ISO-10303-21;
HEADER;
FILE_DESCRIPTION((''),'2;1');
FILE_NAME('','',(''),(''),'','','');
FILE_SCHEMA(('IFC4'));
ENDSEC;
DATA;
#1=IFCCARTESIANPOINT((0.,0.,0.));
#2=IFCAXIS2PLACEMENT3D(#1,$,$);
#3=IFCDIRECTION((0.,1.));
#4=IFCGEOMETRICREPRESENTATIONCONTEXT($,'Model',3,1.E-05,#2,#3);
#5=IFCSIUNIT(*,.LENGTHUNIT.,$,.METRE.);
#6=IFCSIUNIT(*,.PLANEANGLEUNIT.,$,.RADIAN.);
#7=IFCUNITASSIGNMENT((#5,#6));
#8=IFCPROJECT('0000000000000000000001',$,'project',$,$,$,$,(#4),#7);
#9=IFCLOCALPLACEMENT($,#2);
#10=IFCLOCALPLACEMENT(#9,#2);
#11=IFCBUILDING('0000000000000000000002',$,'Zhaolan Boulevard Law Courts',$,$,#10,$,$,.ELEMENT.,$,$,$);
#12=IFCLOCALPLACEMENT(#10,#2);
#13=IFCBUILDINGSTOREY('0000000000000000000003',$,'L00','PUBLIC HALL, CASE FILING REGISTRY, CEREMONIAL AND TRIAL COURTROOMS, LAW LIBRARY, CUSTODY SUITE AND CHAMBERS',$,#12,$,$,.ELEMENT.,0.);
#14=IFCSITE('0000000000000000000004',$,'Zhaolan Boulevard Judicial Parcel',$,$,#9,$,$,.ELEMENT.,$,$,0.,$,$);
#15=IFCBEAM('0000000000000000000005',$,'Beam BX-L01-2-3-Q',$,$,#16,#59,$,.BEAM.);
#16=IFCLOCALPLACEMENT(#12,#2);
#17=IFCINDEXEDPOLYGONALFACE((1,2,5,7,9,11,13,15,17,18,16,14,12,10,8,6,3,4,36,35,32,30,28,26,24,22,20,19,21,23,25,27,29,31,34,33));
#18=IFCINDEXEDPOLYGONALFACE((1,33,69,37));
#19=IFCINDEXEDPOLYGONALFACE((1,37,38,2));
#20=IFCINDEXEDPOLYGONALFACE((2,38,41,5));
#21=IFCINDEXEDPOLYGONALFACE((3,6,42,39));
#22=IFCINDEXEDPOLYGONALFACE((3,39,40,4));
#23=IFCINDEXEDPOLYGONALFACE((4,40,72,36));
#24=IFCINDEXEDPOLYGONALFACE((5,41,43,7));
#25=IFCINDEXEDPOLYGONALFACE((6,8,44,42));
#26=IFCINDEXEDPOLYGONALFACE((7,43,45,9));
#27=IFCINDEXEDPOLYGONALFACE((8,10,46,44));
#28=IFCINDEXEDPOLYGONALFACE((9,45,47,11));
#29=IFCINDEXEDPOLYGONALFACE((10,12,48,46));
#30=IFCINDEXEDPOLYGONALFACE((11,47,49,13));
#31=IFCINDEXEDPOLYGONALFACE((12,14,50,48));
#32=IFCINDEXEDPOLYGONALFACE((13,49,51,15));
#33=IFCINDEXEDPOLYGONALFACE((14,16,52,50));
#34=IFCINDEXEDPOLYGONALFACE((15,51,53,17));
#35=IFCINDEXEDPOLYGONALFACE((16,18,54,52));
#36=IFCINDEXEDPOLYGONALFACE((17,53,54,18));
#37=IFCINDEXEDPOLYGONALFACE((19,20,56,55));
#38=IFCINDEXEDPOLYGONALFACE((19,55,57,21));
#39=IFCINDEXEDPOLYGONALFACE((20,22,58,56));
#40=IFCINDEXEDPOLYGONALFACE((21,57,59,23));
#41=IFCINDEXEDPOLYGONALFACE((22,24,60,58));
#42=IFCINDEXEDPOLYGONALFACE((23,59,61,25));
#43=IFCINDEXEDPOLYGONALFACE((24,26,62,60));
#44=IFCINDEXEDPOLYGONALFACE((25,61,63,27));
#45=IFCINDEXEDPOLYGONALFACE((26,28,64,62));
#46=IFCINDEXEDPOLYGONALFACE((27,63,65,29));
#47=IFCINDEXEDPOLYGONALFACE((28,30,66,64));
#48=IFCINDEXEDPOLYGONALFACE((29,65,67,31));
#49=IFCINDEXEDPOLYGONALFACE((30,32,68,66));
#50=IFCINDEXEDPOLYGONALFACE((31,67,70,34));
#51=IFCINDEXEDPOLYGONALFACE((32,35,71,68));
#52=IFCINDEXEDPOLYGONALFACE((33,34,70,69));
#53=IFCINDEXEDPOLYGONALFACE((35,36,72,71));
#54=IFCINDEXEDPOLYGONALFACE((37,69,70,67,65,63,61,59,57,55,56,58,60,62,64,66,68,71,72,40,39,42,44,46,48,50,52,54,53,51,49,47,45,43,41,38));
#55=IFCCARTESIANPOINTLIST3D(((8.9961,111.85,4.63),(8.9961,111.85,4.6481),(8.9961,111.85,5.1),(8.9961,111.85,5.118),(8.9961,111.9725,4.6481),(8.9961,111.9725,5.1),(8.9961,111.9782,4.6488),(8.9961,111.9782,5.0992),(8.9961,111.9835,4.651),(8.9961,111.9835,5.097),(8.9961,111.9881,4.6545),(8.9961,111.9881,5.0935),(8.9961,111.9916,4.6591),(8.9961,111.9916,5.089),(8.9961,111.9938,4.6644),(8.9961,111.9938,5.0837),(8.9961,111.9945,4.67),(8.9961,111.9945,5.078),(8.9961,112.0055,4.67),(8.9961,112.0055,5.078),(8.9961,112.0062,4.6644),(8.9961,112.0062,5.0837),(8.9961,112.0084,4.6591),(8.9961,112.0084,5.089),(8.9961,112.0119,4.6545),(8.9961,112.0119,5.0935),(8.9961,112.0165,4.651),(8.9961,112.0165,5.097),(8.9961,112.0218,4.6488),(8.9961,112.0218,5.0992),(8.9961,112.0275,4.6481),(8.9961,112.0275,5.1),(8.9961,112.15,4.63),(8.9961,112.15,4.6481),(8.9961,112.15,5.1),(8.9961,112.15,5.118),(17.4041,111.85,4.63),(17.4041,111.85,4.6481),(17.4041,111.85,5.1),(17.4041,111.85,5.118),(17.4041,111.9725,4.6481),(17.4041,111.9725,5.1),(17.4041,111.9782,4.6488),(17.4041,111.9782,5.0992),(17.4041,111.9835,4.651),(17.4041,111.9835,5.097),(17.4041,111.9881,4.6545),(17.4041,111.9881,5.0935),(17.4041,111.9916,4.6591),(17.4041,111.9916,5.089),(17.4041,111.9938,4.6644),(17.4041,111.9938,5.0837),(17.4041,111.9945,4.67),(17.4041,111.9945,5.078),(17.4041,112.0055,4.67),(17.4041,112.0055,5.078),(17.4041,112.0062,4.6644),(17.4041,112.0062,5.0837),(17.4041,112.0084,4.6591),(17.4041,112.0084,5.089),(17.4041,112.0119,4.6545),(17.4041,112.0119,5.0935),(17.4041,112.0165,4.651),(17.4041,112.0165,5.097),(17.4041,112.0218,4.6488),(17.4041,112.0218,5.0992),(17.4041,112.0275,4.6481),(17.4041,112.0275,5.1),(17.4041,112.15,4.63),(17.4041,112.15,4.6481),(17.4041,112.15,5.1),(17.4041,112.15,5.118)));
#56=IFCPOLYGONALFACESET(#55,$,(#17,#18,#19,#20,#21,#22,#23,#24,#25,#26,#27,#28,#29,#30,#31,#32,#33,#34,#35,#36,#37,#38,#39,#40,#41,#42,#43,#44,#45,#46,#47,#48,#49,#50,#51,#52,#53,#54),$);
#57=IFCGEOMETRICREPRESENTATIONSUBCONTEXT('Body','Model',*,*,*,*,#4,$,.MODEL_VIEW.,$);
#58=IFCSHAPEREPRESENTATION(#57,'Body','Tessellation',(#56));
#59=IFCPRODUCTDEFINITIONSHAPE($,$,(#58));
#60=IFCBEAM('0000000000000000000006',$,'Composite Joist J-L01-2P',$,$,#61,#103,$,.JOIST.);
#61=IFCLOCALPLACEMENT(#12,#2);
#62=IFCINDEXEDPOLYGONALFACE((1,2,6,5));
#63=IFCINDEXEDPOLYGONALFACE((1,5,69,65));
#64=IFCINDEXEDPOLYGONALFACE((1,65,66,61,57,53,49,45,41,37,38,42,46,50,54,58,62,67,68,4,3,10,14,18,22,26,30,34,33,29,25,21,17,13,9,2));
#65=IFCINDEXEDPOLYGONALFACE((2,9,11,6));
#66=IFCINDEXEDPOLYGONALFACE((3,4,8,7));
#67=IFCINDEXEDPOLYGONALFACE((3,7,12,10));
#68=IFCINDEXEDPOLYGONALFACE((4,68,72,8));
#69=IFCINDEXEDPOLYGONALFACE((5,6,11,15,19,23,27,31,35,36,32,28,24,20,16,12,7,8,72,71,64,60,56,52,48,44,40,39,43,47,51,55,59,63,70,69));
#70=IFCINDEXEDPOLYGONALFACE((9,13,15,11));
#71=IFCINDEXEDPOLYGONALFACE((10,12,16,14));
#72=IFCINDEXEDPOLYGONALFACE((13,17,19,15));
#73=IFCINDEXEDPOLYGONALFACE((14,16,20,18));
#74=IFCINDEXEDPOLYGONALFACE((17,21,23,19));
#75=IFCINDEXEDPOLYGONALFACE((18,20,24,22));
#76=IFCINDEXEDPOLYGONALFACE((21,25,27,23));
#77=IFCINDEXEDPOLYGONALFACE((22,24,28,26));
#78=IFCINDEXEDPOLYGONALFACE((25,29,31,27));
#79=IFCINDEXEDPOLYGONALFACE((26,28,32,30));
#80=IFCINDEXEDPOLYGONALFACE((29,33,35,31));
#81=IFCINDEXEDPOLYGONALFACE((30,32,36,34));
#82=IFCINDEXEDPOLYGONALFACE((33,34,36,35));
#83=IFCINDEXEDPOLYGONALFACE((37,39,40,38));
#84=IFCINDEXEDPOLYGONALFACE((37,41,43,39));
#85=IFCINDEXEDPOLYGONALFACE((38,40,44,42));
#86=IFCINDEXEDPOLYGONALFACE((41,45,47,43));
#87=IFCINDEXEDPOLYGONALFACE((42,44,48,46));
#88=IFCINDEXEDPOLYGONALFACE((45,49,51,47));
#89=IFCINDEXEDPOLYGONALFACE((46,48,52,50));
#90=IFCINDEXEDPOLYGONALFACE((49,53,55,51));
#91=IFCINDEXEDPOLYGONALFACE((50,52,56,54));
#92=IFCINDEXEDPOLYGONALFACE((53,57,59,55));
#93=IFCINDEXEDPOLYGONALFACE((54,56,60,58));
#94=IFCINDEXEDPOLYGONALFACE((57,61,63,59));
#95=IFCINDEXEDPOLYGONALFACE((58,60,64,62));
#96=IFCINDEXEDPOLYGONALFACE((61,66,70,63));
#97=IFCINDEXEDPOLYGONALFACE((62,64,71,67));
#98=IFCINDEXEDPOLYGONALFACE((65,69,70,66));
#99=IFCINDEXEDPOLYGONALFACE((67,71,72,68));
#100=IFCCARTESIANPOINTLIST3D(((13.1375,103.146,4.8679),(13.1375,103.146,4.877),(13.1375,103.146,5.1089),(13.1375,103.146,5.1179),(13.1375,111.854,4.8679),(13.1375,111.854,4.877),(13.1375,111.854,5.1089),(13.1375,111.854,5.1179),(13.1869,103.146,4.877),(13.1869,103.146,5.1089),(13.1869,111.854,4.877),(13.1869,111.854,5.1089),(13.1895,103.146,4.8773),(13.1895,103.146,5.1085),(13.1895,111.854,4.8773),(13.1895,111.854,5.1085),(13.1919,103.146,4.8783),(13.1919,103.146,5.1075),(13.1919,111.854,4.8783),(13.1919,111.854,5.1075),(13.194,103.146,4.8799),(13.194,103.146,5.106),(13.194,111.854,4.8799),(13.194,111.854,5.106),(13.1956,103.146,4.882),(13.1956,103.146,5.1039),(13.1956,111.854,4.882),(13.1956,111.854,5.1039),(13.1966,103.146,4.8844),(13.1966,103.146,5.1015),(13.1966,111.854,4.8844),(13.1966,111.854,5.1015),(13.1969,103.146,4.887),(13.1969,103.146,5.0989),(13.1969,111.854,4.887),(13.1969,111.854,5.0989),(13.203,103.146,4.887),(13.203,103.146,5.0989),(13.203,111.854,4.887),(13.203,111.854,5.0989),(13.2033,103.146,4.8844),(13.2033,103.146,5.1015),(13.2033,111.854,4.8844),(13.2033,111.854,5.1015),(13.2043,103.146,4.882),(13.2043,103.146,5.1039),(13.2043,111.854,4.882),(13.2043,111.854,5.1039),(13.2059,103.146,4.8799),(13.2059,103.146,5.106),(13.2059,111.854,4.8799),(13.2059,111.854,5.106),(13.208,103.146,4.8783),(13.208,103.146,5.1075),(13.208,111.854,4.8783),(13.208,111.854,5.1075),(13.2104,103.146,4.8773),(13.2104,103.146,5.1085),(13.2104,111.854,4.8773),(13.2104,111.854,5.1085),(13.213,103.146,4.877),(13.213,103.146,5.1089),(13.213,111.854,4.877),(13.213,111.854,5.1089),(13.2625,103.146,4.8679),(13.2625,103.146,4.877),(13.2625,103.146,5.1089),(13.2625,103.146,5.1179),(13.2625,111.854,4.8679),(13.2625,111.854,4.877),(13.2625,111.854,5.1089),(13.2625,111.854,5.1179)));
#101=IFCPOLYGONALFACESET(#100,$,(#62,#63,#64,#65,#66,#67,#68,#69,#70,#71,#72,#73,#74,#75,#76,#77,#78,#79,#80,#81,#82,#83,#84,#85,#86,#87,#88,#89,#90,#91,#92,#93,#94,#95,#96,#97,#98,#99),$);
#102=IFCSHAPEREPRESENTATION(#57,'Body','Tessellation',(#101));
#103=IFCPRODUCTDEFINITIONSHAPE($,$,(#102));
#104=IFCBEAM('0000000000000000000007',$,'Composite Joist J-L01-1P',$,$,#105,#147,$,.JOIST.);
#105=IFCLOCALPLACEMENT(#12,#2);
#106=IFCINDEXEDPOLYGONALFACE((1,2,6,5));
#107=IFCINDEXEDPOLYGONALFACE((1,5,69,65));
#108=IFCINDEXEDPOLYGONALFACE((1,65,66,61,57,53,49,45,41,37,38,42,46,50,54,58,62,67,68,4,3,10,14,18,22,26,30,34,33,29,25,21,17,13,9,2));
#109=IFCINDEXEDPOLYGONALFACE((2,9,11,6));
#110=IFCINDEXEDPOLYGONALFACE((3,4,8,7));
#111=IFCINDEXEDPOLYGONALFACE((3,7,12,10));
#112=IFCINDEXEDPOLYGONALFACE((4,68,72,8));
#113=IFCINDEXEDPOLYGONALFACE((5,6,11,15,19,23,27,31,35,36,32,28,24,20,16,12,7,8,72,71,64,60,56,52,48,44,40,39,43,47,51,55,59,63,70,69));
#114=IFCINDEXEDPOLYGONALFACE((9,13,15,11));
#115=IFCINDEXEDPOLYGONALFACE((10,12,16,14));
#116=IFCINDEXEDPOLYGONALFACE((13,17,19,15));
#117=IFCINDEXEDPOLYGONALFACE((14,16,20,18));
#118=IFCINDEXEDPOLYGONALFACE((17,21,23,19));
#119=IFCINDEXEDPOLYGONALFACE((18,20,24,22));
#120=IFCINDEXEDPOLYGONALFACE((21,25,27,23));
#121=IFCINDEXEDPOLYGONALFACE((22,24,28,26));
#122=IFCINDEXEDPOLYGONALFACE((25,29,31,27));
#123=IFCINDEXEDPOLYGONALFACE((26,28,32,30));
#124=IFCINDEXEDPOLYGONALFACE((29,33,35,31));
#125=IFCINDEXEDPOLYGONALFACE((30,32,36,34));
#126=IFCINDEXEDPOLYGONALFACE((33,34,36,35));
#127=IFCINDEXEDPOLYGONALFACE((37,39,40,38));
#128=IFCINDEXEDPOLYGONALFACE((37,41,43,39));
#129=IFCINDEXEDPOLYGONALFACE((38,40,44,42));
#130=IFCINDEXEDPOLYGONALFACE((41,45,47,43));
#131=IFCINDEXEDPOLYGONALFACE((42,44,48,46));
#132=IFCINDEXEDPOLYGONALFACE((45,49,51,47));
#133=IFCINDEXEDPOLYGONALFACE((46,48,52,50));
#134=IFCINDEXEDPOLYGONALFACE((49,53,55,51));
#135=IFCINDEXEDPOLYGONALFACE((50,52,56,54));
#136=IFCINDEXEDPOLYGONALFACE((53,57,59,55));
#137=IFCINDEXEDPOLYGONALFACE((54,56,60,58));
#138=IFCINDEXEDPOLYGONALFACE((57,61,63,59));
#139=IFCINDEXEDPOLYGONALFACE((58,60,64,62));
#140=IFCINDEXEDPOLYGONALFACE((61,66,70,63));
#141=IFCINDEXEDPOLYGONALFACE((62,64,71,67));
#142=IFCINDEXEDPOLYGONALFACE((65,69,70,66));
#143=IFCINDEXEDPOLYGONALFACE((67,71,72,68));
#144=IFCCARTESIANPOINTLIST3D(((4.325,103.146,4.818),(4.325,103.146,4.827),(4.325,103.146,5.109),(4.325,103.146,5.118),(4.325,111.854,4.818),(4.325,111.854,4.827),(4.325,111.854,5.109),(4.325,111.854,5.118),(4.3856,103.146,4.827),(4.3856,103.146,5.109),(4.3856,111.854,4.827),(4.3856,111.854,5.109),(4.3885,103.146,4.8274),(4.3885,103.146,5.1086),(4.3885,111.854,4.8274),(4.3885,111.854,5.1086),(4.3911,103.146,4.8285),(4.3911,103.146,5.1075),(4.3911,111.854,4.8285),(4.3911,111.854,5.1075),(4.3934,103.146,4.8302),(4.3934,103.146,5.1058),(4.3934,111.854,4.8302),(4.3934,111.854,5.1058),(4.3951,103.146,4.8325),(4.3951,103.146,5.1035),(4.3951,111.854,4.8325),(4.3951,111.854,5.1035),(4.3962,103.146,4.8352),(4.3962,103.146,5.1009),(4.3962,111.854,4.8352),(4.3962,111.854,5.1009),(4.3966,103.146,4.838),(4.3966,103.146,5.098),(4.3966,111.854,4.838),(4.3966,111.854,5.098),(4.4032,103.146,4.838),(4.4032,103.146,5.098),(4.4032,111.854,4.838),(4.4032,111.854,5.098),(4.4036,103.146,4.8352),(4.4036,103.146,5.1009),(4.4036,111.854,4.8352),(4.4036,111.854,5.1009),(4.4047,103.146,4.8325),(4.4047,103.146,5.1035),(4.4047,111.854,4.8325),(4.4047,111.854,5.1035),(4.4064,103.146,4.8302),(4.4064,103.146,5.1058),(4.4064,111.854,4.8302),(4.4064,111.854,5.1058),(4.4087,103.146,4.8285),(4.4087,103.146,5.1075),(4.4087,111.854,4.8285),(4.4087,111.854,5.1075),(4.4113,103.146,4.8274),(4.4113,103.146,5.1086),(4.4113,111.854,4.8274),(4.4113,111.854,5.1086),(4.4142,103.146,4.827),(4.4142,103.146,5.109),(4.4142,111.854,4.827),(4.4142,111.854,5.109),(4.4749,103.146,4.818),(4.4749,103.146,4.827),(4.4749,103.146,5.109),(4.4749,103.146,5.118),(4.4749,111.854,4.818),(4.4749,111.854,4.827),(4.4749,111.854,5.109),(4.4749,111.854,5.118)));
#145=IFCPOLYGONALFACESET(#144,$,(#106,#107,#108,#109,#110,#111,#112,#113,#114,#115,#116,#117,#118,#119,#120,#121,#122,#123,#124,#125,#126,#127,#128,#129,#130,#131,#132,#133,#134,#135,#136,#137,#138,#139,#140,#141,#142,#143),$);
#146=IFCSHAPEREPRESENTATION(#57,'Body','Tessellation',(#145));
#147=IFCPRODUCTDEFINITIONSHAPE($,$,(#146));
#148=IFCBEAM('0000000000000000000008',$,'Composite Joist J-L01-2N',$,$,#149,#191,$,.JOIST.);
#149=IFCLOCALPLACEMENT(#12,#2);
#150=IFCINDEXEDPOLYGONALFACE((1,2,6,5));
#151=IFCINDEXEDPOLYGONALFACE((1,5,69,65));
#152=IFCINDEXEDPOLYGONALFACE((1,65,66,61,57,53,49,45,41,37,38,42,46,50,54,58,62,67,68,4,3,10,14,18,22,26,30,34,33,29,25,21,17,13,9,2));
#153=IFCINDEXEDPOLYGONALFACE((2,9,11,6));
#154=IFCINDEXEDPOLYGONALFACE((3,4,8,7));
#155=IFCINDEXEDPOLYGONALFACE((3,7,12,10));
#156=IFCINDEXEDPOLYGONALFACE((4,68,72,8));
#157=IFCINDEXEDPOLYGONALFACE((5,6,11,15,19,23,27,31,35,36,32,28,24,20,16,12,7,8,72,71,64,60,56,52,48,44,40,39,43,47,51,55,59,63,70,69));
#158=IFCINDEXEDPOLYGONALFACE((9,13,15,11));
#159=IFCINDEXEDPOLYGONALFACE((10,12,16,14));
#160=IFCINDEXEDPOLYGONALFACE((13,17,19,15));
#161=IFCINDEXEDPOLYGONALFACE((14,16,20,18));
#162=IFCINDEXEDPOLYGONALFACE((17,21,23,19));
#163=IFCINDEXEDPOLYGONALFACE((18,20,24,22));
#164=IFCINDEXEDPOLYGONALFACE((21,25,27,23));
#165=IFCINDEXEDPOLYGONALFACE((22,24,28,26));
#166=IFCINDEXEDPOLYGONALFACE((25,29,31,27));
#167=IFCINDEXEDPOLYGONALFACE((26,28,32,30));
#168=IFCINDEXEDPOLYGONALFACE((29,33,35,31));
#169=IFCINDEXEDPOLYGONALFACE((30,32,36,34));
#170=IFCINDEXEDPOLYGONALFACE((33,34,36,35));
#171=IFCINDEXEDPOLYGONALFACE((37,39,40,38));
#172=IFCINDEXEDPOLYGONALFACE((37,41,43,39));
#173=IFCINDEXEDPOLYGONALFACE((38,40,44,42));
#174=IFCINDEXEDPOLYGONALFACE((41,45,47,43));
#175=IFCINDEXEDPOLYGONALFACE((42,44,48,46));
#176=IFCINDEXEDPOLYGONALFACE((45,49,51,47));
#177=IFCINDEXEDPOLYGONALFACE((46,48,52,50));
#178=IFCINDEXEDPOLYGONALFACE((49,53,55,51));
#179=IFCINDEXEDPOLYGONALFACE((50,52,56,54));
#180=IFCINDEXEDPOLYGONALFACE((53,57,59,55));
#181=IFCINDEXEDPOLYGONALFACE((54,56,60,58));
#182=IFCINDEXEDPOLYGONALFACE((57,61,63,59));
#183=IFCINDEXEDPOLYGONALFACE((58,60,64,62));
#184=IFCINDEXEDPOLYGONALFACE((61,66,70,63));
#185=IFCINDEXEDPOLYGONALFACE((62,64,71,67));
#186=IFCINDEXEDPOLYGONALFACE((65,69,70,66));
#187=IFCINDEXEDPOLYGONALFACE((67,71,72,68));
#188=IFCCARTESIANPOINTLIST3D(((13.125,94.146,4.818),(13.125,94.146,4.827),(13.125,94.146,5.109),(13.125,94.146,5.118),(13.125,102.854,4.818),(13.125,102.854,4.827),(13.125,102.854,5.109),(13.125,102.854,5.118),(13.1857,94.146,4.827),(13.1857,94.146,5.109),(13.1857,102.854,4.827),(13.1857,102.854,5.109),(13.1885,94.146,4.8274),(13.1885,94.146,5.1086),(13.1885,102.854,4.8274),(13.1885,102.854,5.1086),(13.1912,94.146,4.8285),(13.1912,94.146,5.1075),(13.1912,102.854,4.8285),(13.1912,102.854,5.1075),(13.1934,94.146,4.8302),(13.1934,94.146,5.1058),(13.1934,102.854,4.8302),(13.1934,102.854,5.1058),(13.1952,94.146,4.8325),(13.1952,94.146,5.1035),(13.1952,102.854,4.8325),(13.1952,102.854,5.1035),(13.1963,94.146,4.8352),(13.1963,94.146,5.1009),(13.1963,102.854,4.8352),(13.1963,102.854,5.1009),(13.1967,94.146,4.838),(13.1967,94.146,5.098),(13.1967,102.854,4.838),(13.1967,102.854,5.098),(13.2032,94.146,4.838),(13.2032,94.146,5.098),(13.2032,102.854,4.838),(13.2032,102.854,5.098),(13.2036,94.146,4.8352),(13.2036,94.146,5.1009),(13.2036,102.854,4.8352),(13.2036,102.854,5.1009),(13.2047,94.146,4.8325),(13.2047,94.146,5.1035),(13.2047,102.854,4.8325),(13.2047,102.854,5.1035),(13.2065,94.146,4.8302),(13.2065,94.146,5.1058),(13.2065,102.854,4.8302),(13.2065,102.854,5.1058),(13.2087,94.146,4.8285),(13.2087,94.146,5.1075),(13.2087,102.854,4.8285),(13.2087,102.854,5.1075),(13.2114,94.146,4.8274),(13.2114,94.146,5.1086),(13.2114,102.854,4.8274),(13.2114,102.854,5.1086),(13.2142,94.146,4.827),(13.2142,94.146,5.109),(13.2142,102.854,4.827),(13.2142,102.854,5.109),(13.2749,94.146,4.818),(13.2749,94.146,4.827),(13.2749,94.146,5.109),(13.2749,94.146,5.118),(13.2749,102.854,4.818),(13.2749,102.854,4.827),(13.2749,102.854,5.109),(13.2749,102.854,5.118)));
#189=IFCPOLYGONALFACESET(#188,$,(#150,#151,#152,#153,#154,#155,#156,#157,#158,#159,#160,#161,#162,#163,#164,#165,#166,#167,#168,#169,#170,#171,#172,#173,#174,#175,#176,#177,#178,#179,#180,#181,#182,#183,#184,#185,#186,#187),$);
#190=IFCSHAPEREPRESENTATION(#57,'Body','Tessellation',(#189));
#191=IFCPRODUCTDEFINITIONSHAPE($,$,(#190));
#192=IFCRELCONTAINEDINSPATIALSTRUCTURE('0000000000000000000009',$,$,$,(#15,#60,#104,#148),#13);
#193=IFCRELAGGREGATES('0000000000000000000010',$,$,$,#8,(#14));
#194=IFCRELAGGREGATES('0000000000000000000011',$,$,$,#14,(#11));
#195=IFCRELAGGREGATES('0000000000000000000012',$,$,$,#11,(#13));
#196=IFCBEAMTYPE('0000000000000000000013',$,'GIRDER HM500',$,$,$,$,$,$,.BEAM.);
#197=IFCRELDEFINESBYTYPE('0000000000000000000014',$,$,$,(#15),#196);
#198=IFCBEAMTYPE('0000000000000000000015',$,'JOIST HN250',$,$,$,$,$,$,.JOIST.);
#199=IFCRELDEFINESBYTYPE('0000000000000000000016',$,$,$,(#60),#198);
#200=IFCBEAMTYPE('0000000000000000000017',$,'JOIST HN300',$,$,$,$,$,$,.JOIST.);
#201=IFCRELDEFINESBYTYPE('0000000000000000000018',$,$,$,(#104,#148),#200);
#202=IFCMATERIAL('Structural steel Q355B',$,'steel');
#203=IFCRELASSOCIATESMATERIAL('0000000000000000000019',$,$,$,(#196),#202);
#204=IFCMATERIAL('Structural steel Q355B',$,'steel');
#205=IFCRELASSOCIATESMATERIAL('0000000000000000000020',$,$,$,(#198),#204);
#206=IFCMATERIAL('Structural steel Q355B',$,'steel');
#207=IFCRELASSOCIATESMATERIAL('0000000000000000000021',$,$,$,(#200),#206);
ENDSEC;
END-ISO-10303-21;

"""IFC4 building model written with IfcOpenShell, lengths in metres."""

from ifc_helpers import new_model, si_unit, direction, frame, origin, origin_2d, place, context, subcontext, project, spatial, i_section, extrude, material, material_profile, profile_set, type_object, element, save


model = new_model("IFC4")

# Units and contexts
model_context = context("Model", 3, precision=1e-05, world=origin(), true_north=direction((0.0, 1.0)))
body_context = subcontext(model_context, "Body", "Model", "MODEL_VIEW")
ifc_project = project(units=[si_unit("LENGTHUNIT", "METRE"), si_unit("PLANEANGLEUNIT", "RADIAN")], contexts=[model_context])

# Site, building, storey
site_placement = place(None, origin())
site = spatial("IfcSite", under=ifc_project, at=site_placement, Name="Zhaolan Boulevard Judicial Parcel", CompositionType="ELEMENT", RefElevation=0.0)
building_placement = place(site_placement, origin())
building = spatial("IfcBuilding", under=site, at=building_placement, Name="Zhaolan Boulevard Law Courts", CompositionType="ELEMENT")
storey_placement = place(building_placement, origin())
storey = spatial("IfcBuildingStorey", under=building, at=storey_placement, Name="L00", Description="PUBLIC HALL, CASE FILING REGISTRY, CEREMONIAL AND TRIAL COURTROOMS, LAW LIBRARY, CUSTODY SUITE AND CHAMBERS", CompositionType="ELEMENT", Elevation=0.0)

# Beams
ifc_material_1 = material(Name="Structural steel Q355B", Category="steel")
ifc_material_profile_1 = material_profile(ifc_material_1, i_section(OverallWidth=0.3, OverallDepth=0.488, WebThickness=0.011, FlangeThickness=0.0181, FilletRadius=0.022, at=origin_2d()), Name="HM488x300")
ifc_profile_set_1 = profile_set([ifc_material_profile_1], Name="Structural steel Q355B")
beam_type_1 = type_object("IfcBeamType", Name="GIRDER HM500", PredefinedType="BEAM", material=ifc_profile_set_1)
for number, where, z_axis, x_axis, name in (
    (1, (8.9961, 112.0, 4.874), (1.0, 0.0, 0.0), (0.0, 1.0, 0.0), "Beam BX-L01-2-3-Q"),
):
    element("IfcBeam", number, at=place(storey_placement, frame(where, z_axis=z_axis, x_axis=x_axis)), inside=storey, type_object=beam_type_1, Name=name, PredefinedType="BEAM", context=body_context, shape_type="SweptSolid", body=[
        extrude(i_section(OverallWidth=0.3, OverallDepth=0.488, WebThickness=0.011, FlangeThickness=0.0181, FilletRadius=0.022, at=origin_2d()), origin(), (0.0, 0.0, 1.0), 8.408),
    ])
ifc_material_2 = material(Name="Structural steel Q355B", Category="steel")
ifc_material_profile_2 = material_profile(ifc_material_2, i_section(OverallWidth=0.125, OverallDepth=0.25, WebThickness=0.0061, FlangeThickness=0.009, FilletRadius=0.01, at=origin_2d()), Name="HN250x125")
ifc_profile_set_2 = profile_set([ifc_material_profile_2], Name="Structural steel Q355B")
beam_type_2 = type_object("IfcBeamType", Name="JOIST HN250", PredefinedType="JOIST", material=ifc_profile_set_2)
beam_1_placement = place(storey_placement, frame((13.2, 103.146, 4.9929), z_axis=(0.0, 1.0, 0.0), x_axis=(-1.0, 0.0, 0.0)))
element("IfcBeam", 2, at=beam_1_placement, inside=storey, type_object=beam_type_2, Name="Composite Joist J-L01-2P", PredefinedType="JOIST", context=body_context, shape_type="SweptSolid", body=[
    extrude(i_section(OverallWidth=0.125, OverallDepth=0.25, WebThickness=0.0061, FlangeThickness=0.009, FilletRadius=0.01, at=origin_2d()), origin(), (0.0, 0.0, 1.0), 8.708),
])
ifc_material_3 = material(Name="Structural steel Q355B", Category="steel")
ifc_material_profile_3 = material_profile(ifc_material_3, i_section(OverallWidth=0.1499, OverallDepth=0.3, WebThickness=0.0066, FlangeThickness=0.009, FilletRadius=0.011, at=origin_2d()), Name="HN300x150")
ifc_profile_set_3 = profile_set([ifc_material_profile_3], Name="Structural steel Q355B")
beam_type_3 = type_object("IfcBeamType", Name="JOIST HN300", PredefinedType="JOIST", material=ifc_profile_set_3)
for number, where, z_axis, x_axis, name in (
    (3, (4.3999, 103.146, 4.968), (0.0, 1.0, 0.0), (-1.0, 0.0, 0.0), "Composite Joist J-L01-1P"),
    (4, (13.2, 94.146, 4.968), (0.0, 1.0, 0.0), (-1.0, 0.0, 0.0), "Composite Joist J-L01-2N"),
):
    element("IfcBeam", number, at=place(storey_placement, frame(where, z_axis=z_axis, x_axis=x_axis)), inside=storey, type_object=beam_type_3, Name=name, PredefinedType="JOIST", context=body_context, shape_type="SweptSolid", body=[
        extrude(i_section(OverallWidth=0.1499, OverallDepth=0.3, WebThickness=0.0066, FlangeThickness=0.009, FilletRadius=0.011, at=origin_2d()), origin(), (0.0, 0.0, 1.0), 8.708),
    ])

save(model, "model.ifc")
